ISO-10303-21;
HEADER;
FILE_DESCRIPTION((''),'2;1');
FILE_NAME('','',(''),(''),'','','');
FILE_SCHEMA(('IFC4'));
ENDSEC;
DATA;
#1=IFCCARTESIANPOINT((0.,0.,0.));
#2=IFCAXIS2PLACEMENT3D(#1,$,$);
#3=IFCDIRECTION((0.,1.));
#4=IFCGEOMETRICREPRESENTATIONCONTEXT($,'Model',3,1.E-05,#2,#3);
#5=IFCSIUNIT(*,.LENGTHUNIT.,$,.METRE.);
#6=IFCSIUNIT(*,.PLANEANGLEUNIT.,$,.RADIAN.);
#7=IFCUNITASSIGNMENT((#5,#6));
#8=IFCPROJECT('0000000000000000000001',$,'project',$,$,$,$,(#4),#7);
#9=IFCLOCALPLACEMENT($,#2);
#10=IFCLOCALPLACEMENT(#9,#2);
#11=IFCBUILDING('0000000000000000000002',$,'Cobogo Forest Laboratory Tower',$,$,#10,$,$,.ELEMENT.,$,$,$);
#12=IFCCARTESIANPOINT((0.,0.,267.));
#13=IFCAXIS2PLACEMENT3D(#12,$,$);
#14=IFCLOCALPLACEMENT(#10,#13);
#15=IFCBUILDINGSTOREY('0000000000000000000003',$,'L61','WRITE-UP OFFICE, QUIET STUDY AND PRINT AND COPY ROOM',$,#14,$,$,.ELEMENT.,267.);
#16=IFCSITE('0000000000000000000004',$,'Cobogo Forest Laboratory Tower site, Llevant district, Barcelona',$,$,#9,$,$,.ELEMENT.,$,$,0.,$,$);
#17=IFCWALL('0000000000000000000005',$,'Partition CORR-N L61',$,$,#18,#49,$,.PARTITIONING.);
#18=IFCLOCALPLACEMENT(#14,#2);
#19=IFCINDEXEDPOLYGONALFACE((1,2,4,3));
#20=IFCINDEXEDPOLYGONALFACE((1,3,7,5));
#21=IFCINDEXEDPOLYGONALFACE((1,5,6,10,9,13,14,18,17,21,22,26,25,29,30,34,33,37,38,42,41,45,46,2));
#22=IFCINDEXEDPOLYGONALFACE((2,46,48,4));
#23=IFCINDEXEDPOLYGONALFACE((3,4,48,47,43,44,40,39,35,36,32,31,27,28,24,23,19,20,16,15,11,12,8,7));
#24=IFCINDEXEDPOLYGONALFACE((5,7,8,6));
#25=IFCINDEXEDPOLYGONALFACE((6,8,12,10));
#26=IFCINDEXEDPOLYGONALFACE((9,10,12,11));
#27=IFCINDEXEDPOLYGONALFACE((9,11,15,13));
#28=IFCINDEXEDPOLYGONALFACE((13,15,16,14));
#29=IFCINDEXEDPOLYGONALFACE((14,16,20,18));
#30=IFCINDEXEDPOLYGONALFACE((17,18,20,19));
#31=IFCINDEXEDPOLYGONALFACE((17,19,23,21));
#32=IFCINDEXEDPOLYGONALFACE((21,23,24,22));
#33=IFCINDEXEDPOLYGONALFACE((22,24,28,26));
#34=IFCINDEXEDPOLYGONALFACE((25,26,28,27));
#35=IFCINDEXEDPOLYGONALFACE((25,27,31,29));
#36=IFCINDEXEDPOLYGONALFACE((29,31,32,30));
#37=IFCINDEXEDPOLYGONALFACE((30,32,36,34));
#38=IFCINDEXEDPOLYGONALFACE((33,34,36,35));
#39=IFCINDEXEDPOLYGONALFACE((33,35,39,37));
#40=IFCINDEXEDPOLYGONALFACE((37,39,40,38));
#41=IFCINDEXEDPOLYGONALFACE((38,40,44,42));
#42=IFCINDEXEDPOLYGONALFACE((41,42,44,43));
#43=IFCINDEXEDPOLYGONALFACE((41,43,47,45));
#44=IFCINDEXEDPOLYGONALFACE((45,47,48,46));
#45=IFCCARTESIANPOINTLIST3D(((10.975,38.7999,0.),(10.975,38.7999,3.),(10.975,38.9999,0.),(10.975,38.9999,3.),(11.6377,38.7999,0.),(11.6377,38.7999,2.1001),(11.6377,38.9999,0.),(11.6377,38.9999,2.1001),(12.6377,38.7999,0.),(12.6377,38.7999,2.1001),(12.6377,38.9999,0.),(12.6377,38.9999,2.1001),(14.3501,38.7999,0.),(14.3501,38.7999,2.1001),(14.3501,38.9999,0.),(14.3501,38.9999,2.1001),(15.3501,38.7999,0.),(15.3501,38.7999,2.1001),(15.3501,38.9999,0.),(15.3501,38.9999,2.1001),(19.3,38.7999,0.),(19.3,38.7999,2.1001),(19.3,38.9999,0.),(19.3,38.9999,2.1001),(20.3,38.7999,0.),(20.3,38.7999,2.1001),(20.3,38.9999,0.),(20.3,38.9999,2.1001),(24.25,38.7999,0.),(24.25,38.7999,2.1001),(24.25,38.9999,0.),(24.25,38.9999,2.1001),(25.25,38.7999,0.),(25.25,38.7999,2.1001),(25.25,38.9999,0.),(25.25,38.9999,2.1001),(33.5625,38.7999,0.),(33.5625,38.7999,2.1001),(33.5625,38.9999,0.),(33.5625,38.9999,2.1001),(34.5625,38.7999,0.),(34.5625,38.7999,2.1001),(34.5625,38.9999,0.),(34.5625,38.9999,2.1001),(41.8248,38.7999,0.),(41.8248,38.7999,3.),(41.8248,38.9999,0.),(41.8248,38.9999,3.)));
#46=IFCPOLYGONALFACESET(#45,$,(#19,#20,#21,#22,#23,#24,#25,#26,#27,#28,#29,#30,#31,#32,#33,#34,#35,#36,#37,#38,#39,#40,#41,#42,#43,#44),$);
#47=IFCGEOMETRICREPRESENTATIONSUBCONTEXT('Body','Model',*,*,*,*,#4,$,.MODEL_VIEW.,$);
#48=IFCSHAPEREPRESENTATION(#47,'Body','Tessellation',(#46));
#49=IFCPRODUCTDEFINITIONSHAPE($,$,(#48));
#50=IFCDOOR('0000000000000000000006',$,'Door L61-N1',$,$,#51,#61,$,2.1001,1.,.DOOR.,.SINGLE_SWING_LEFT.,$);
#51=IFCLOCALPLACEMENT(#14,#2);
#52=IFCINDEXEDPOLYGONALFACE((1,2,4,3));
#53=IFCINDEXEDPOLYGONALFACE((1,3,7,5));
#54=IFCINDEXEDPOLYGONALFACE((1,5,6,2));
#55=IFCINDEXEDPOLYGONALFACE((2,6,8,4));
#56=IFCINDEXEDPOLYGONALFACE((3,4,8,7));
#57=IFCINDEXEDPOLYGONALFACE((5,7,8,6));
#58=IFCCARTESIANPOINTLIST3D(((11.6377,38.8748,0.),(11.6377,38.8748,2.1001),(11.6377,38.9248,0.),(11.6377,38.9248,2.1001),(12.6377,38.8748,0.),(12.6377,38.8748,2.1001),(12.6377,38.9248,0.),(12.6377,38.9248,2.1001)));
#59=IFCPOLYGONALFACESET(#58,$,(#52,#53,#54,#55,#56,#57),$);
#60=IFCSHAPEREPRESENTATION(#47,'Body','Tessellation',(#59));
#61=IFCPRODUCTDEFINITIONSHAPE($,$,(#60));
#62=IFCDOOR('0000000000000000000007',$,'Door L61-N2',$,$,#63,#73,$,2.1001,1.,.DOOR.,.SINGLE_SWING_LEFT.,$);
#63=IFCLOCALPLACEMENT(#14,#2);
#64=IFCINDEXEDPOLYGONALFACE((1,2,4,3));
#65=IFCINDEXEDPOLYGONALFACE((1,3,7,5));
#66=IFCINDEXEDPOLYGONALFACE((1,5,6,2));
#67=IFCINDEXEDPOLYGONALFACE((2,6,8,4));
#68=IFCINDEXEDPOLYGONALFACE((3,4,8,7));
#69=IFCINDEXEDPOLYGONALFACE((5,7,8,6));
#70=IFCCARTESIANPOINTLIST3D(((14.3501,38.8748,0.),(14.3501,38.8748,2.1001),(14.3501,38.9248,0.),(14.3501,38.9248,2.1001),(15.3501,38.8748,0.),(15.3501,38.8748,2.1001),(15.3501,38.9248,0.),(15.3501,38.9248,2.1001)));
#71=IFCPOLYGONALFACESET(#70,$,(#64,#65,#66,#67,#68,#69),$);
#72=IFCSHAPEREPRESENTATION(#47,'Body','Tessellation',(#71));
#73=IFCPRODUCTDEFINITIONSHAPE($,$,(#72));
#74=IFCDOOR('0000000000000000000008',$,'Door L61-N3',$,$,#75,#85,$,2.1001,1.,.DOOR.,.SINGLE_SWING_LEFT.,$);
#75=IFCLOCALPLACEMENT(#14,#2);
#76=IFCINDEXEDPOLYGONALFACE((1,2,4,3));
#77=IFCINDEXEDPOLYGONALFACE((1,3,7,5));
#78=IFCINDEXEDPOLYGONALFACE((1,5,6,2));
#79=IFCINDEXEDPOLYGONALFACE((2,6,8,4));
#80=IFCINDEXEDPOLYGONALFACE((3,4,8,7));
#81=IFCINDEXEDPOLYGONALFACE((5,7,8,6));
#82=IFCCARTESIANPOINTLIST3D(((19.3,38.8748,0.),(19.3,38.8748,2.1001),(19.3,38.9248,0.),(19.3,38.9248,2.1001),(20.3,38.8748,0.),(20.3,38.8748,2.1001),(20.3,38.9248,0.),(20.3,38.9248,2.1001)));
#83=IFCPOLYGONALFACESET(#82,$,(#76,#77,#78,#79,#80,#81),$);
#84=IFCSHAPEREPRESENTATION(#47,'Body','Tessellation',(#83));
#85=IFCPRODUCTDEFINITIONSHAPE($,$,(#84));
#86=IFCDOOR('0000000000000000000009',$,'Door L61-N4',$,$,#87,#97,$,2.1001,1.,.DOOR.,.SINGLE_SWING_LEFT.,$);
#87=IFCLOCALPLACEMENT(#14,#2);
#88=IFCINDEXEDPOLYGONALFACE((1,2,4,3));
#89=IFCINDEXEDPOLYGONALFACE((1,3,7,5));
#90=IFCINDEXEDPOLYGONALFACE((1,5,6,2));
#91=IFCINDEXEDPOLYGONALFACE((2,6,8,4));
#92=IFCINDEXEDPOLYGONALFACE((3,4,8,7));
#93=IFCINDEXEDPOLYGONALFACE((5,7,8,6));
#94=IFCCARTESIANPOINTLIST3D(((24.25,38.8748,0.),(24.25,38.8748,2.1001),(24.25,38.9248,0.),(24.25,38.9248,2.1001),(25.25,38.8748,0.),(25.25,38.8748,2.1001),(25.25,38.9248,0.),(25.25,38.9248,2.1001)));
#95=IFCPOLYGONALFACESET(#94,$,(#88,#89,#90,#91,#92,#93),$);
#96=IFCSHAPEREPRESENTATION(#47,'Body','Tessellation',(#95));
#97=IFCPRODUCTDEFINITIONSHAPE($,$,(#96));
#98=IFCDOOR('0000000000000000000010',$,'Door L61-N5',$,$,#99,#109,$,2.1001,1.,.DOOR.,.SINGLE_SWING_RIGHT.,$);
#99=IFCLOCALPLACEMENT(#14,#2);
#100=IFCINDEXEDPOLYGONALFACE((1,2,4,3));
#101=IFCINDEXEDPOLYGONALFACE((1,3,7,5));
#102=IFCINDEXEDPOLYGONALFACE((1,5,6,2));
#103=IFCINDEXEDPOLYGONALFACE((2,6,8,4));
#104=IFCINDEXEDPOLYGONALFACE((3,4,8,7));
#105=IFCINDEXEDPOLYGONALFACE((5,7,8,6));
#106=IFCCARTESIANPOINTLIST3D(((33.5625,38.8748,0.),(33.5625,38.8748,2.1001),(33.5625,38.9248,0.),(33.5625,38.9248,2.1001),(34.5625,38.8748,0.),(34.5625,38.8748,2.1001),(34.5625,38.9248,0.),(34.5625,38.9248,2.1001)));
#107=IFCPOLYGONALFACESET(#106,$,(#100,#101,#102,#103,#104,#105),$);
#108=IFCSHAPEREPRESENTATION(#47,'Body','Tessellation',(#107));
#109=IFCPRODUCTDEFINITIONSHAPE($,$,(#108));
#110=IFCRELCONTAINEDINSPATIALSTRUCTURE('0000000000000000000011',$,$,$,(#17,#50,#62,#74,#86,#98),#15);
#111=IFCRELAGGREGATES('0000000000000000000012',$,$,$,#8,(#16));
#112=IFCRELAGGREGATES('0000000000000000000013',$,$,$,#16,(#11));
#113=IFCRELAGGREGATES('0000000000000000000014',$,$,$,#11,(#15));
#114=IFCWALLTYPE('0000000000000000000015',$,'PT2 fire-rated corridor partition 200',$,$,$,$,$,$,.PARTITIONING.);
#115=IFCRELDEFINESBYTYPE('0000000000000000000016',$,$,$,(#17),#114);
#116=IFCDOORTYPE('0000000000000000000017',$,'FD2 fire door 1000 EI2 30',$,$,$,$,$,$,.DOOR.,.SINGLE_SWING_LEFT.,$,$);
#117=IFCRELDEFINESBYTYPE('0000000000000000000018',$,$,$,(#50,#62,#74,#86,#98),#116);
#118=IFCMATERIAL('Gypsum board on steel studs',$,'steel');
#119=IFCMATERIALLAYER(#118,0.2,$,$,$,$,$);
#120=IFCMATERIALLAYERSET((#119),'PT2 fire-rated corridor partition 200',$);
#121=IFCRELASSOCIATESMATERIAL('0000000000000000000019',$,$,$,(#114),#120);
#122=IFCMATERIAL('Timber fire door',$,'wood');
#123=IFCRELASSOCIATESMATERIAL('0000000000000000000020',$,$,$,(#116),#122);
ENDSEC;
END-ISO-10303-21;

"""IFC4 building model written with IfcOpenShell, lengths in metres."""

from ifc_helpers import new_model, si_unit, direction, frame, frame_2d, origin, place, context, subcontext, project, spatial, rectangle, extrude, material, layer, layer_set, type_object, element, fill, save


model = new_model("IFC4")

# Units and contexts
model_context = context("Model", 3, precision=1e-05, world=origin(), true_north=direction((0.0, 1.0)))
body_context = subcontext(model_context, "Body", "Model", "MODEL_VIEW")
ifc_project = project(units=[si_unit("LENGTHUNIT", "METRE"), si_unit("PLANEANGLEUNIT", "RADIAN")], contexts=[model_context])

# Site, building, storey
site_placement = place(None, origin())
site = spatial("IfcSite", under=ifc_project, at=site_placement, Name="Cobogo Forest Laboratory Tower site, Llevant district, Barcelona", CompositionType="ELEMENT", RefElevation=0.0)
building_placement = place(site_placement, origin())
building = spatial("IfcBuilding", under=site, at=building_placement, Name="Cobogo Forest Laboratory Tower", CompositionType="ELEMENT")
storey_placement = place(building_placement, frame((0.0, 0.0, 267.0)))
storey = spatial("IfcBuildingStorey", under=building, at=storey_placement, Name="L61", Description="WRITE-UP OFFICE, QUIET STUDY AND PRINT AND COPY ROOM", CompositionType="ELEMENT", Elevation=267.0)

# Shared definitions
ifc_material_1 = material(Name="Gypsum board on steel studs", Category="steel")

# Wall, openings, doors
ifc_layer_1 = layer(ifc_material_1, 0.2)
ifc_layer_set_1 = layer_set([ifc_layer_1], Name="PT2 fire-rated corridor partition 200")
wall_type_1 = type_object("IfcWallType", Name="PT2 fire-rated corridor partition 200", PredefinedType="PARTITIONING", material=ifc_layer_set_1)
wall_1_placement = place(storey_placement, frame((10.9751, 38.8999, 0.0), z_axis=(0.0, 0.0, 1.0), x_axis=(1.0, 0.0, 0.0)))
wall_1 = element("IfcWall", 1, at=wall_1_placement, inside=storey, type_object=wall_type_1, Name="Partition CORR-N L61", PredefinedType="PARTITIONING", context=body_context, shape_type="SweptSolid", body=[
    extrude(rectangle(XDim=30.8499, YDim=0.2, at=frame_2d((15.4248, 0.0))), origin(), (0.0, 0.0, 1.0), 3.0),
])
opening_1_placement = place(wall_1_placement, frame((0.6626, 0.0, 0.0)))
opening_1 = element("IfcOpeningElement", 2, at=opening_1_placement, cuts=wall_1, PredefinedType="OPENING", context=body_context, shape_type="SweptSolid", body=[
    extrude(rectangle(XDim=1.0, YDim=2.1001, at=frame_2d((0.5, 1.05))), frame((0.0, 0.1099, 0.0), z_axis=(0.0, -1.0, 0.0), x_axis=(1.0, 0.0, 0.0)), (0.0, 0.0, 1.0), 0.22),
])
opening_2_placement = place(wall_1_placement, frame((3.375, 0.0, 0.0)))
opening_2 = element("IfcOpeningElement", 3, at=opening_2_placement, cuts=wall_1, PredefinedType="OPENING", context=body_context, shape_type="SweptSolid", body=[
    extrude(rectangle(XDim=1.0, YDim=2.1001, at=frame_2d((0.5, 1.05))), frame((0.0, 0.1099, 0.0), z_axis=(0.0, -1.0, 0.0), x_axis=(1.0, 0.0, 0.0)), (0.0, 0.0, 1.0), 0.22),
])
opening_3_placement = place(wall_1_placement, frame((8.325, 0.0, 0.0)))
opening_3 = element("IfcOpeningElement", 4, at=opening_3_placement, cuts=wall_1, PredefinedType="OPENING", context=body_context, shape_type="SweptSolid", body=[
    extrude(rectangle(XDim=1.0, YDim=2.1001, at=frame_2d((0.5, 1.05))), frame((0.0, 0.1099, 0.0), z_axis=(0.0, -1.0, 0.0), x_axis=(1.0, 0.0, 0.0)), (0.0, 0.0, 1.0), 0.22),
])
opening_4_placement = place(wall_1_placement, frame((13.2749, 0.0, 0.0)))
opening_4 = element("IfcOpeningElement", 5, at=opening_4_placement, cuts=wall_1, PredefinedType="OPENING", context=body_context, shape_type="SweptSolid", body=[
    extrude(rectangle(XDim=1.0, YDim=2.1001, at=frame_2d((0.5, 1.05))), frame((0.0, 0.1099, 0.0), z_axis=(0.0, -1.0, 0.0), x_axis=(1.0, 0.0, 0.0)), (0.0, 0.0, 1.0), 0.22),
])
opening_5_placement = place(wall_1_placement, frame((22.5874, 0.0, 0.0)))
opening_5 = element("IfcOpeningElement", 6, at=opening_5_placement, cuts=wall_1, PredefinedType="OPENING", context=body_context, shape_type="SweptSolid", body=[
    extrude(rectangle(XDim=1.0, YDim=2.1001, at=frame_2d((0.5, 1.05))), frame((0.0, 0.1099, 0.0), z_axis=(0.0, -1.0, 0.0), x_axis=(1.0, 0.0, 0.0)), (0.0, 0.0, 1.0), 0.22),
])
ifc_material_2 = material(Name="Timber fire door", Category="wood")
door_type = type_object("IfcDoorType", Name="FD2 fire door 1000 EI2 30", OperationType="SINGLE_SWING_LEFT", PredefinedType="DOOR", material=ifc_material_2)
door_1_placement = place(opening_1_placement, origin())
door_1 = element("IfcDoor", 7, at=door_1_placement, inside=storey, type_object=door_type, Name="Door L61-N1", OperationType="SINGLE_SWING_LEFT", OverallHeight=2.1001, OverallWidth=1.0, PredefinedType="DOOR", context=body_context, shape_type="SweptSolid", body=[
    extrude(rectangle(XDim=1.0, YDim=2.1001, at=frame_2d((0.5, 1.05))), frame((0.0, 0.0249, 0.0), z_axis=(0.0, -1.0, 0.0), x_axis=(1.0, 0.0, 0.0)), (0.0, 0.0, 1.0), 0.05),
])
fill(opening_1, door_1)
door_2_placement = place(opening_2_placement, origin())
door_2 = element("IfcDoor", 8, at=door_2_placement, inside=storey, type_object=door_type, Name="Door L61-N2", OperationType="SINGLE_SWING_LEFT", OverallHeight=2.1001, OverallWidth=1.0, PredefinedType="DOOR", context=body_context, shape_type="SweptSolid", body=[
    extrude(rectangle(XDim=1.0, YDim=2.1001, at=frame_2d((0.5, 1.05))), frame((0.0, 0.0249, 0.0), z_axis=(0.0, -1.0, 0.0), x_axis=(1.0, 0.0, 0.0)), (0.0, 0.0, 1.0), 0.05),
])
fill(opening_2, door_2)
door_3_placement = place(opening_3_placement, origin())
door_3 = element("IfcDoor", 9, at=door_3_placement, inside=storey, type_object=door_type, Name="Door L61-N3", OperationType="SINGLE_SWING_LEFT", OverallHeight=2.1001, OverallWidth=1.0, PredefinedType="DOOR", context=body_context, shape_type="SweptSolid", body=[
    extrude(rectangle(XDim=1.0, YDim=2.1001, at=frame_2d((0.5, 1.05))), frame((0.0, 0.0249, 0.0), z_axis=(0.0, -1.0, 0.0), x_axis=(1.0, 0.0, 0.0)), (0.0, 0.0, 1.0), 0.05),
])
fill(opening_3, door_3)
door_4_placement = place(opening_4_placement, origin())
door_4 = element("IfcDoor", 10, at=door_4_placement, inside=storey, type_object=door_type, Name="Door L61-N4", OperationType="SINGLE_SWING_LEFT", OverallHeight=2.1001, OverallWidth=1.0, PredefinedType="DOOR", context=body_context, shape_type="SweptSolid", body=[
    extrude(rectangle(XDim=1.0, YDim=2.1001, at=frame_2d((0.5, 1.05))), frame((0.0, 0.0249, 0.0), z_axis=(0.0, -1.0, 0.0), x_axis=(1.0, 0.0, 0.0)), (0.0, 0.0, 1.0), 0.05),
])
fill(opening_4, door_4)
door_5_placement = place(opening_5_placement, origin())
door_5 = element("IfcDoor", 11, at=door_5_placement, inside=storey, type_object=door_type, Name="Door L61-N5", OperationType="SINGLE_SWING_RIGHT", OverallHeight=2.1001, OverallWidth=1.0, PredefinedType="DOOR", context=body_context, shape_type="SweptSolid", body=[
    extrude(rectangle(XDim=1.0, YDim=2.1001, at=frame_2d((0.5, 1.05))), frame((0.0, 0.0249, 0.0), z_axis=(0.0, -1.0, 0.0), x_axis=(1.0, 0.0, 0.0)), (0.0, 0.0, 1.0), 0.05),
])
fill(opening_5, door_5)

save(model, "model.ifc")
